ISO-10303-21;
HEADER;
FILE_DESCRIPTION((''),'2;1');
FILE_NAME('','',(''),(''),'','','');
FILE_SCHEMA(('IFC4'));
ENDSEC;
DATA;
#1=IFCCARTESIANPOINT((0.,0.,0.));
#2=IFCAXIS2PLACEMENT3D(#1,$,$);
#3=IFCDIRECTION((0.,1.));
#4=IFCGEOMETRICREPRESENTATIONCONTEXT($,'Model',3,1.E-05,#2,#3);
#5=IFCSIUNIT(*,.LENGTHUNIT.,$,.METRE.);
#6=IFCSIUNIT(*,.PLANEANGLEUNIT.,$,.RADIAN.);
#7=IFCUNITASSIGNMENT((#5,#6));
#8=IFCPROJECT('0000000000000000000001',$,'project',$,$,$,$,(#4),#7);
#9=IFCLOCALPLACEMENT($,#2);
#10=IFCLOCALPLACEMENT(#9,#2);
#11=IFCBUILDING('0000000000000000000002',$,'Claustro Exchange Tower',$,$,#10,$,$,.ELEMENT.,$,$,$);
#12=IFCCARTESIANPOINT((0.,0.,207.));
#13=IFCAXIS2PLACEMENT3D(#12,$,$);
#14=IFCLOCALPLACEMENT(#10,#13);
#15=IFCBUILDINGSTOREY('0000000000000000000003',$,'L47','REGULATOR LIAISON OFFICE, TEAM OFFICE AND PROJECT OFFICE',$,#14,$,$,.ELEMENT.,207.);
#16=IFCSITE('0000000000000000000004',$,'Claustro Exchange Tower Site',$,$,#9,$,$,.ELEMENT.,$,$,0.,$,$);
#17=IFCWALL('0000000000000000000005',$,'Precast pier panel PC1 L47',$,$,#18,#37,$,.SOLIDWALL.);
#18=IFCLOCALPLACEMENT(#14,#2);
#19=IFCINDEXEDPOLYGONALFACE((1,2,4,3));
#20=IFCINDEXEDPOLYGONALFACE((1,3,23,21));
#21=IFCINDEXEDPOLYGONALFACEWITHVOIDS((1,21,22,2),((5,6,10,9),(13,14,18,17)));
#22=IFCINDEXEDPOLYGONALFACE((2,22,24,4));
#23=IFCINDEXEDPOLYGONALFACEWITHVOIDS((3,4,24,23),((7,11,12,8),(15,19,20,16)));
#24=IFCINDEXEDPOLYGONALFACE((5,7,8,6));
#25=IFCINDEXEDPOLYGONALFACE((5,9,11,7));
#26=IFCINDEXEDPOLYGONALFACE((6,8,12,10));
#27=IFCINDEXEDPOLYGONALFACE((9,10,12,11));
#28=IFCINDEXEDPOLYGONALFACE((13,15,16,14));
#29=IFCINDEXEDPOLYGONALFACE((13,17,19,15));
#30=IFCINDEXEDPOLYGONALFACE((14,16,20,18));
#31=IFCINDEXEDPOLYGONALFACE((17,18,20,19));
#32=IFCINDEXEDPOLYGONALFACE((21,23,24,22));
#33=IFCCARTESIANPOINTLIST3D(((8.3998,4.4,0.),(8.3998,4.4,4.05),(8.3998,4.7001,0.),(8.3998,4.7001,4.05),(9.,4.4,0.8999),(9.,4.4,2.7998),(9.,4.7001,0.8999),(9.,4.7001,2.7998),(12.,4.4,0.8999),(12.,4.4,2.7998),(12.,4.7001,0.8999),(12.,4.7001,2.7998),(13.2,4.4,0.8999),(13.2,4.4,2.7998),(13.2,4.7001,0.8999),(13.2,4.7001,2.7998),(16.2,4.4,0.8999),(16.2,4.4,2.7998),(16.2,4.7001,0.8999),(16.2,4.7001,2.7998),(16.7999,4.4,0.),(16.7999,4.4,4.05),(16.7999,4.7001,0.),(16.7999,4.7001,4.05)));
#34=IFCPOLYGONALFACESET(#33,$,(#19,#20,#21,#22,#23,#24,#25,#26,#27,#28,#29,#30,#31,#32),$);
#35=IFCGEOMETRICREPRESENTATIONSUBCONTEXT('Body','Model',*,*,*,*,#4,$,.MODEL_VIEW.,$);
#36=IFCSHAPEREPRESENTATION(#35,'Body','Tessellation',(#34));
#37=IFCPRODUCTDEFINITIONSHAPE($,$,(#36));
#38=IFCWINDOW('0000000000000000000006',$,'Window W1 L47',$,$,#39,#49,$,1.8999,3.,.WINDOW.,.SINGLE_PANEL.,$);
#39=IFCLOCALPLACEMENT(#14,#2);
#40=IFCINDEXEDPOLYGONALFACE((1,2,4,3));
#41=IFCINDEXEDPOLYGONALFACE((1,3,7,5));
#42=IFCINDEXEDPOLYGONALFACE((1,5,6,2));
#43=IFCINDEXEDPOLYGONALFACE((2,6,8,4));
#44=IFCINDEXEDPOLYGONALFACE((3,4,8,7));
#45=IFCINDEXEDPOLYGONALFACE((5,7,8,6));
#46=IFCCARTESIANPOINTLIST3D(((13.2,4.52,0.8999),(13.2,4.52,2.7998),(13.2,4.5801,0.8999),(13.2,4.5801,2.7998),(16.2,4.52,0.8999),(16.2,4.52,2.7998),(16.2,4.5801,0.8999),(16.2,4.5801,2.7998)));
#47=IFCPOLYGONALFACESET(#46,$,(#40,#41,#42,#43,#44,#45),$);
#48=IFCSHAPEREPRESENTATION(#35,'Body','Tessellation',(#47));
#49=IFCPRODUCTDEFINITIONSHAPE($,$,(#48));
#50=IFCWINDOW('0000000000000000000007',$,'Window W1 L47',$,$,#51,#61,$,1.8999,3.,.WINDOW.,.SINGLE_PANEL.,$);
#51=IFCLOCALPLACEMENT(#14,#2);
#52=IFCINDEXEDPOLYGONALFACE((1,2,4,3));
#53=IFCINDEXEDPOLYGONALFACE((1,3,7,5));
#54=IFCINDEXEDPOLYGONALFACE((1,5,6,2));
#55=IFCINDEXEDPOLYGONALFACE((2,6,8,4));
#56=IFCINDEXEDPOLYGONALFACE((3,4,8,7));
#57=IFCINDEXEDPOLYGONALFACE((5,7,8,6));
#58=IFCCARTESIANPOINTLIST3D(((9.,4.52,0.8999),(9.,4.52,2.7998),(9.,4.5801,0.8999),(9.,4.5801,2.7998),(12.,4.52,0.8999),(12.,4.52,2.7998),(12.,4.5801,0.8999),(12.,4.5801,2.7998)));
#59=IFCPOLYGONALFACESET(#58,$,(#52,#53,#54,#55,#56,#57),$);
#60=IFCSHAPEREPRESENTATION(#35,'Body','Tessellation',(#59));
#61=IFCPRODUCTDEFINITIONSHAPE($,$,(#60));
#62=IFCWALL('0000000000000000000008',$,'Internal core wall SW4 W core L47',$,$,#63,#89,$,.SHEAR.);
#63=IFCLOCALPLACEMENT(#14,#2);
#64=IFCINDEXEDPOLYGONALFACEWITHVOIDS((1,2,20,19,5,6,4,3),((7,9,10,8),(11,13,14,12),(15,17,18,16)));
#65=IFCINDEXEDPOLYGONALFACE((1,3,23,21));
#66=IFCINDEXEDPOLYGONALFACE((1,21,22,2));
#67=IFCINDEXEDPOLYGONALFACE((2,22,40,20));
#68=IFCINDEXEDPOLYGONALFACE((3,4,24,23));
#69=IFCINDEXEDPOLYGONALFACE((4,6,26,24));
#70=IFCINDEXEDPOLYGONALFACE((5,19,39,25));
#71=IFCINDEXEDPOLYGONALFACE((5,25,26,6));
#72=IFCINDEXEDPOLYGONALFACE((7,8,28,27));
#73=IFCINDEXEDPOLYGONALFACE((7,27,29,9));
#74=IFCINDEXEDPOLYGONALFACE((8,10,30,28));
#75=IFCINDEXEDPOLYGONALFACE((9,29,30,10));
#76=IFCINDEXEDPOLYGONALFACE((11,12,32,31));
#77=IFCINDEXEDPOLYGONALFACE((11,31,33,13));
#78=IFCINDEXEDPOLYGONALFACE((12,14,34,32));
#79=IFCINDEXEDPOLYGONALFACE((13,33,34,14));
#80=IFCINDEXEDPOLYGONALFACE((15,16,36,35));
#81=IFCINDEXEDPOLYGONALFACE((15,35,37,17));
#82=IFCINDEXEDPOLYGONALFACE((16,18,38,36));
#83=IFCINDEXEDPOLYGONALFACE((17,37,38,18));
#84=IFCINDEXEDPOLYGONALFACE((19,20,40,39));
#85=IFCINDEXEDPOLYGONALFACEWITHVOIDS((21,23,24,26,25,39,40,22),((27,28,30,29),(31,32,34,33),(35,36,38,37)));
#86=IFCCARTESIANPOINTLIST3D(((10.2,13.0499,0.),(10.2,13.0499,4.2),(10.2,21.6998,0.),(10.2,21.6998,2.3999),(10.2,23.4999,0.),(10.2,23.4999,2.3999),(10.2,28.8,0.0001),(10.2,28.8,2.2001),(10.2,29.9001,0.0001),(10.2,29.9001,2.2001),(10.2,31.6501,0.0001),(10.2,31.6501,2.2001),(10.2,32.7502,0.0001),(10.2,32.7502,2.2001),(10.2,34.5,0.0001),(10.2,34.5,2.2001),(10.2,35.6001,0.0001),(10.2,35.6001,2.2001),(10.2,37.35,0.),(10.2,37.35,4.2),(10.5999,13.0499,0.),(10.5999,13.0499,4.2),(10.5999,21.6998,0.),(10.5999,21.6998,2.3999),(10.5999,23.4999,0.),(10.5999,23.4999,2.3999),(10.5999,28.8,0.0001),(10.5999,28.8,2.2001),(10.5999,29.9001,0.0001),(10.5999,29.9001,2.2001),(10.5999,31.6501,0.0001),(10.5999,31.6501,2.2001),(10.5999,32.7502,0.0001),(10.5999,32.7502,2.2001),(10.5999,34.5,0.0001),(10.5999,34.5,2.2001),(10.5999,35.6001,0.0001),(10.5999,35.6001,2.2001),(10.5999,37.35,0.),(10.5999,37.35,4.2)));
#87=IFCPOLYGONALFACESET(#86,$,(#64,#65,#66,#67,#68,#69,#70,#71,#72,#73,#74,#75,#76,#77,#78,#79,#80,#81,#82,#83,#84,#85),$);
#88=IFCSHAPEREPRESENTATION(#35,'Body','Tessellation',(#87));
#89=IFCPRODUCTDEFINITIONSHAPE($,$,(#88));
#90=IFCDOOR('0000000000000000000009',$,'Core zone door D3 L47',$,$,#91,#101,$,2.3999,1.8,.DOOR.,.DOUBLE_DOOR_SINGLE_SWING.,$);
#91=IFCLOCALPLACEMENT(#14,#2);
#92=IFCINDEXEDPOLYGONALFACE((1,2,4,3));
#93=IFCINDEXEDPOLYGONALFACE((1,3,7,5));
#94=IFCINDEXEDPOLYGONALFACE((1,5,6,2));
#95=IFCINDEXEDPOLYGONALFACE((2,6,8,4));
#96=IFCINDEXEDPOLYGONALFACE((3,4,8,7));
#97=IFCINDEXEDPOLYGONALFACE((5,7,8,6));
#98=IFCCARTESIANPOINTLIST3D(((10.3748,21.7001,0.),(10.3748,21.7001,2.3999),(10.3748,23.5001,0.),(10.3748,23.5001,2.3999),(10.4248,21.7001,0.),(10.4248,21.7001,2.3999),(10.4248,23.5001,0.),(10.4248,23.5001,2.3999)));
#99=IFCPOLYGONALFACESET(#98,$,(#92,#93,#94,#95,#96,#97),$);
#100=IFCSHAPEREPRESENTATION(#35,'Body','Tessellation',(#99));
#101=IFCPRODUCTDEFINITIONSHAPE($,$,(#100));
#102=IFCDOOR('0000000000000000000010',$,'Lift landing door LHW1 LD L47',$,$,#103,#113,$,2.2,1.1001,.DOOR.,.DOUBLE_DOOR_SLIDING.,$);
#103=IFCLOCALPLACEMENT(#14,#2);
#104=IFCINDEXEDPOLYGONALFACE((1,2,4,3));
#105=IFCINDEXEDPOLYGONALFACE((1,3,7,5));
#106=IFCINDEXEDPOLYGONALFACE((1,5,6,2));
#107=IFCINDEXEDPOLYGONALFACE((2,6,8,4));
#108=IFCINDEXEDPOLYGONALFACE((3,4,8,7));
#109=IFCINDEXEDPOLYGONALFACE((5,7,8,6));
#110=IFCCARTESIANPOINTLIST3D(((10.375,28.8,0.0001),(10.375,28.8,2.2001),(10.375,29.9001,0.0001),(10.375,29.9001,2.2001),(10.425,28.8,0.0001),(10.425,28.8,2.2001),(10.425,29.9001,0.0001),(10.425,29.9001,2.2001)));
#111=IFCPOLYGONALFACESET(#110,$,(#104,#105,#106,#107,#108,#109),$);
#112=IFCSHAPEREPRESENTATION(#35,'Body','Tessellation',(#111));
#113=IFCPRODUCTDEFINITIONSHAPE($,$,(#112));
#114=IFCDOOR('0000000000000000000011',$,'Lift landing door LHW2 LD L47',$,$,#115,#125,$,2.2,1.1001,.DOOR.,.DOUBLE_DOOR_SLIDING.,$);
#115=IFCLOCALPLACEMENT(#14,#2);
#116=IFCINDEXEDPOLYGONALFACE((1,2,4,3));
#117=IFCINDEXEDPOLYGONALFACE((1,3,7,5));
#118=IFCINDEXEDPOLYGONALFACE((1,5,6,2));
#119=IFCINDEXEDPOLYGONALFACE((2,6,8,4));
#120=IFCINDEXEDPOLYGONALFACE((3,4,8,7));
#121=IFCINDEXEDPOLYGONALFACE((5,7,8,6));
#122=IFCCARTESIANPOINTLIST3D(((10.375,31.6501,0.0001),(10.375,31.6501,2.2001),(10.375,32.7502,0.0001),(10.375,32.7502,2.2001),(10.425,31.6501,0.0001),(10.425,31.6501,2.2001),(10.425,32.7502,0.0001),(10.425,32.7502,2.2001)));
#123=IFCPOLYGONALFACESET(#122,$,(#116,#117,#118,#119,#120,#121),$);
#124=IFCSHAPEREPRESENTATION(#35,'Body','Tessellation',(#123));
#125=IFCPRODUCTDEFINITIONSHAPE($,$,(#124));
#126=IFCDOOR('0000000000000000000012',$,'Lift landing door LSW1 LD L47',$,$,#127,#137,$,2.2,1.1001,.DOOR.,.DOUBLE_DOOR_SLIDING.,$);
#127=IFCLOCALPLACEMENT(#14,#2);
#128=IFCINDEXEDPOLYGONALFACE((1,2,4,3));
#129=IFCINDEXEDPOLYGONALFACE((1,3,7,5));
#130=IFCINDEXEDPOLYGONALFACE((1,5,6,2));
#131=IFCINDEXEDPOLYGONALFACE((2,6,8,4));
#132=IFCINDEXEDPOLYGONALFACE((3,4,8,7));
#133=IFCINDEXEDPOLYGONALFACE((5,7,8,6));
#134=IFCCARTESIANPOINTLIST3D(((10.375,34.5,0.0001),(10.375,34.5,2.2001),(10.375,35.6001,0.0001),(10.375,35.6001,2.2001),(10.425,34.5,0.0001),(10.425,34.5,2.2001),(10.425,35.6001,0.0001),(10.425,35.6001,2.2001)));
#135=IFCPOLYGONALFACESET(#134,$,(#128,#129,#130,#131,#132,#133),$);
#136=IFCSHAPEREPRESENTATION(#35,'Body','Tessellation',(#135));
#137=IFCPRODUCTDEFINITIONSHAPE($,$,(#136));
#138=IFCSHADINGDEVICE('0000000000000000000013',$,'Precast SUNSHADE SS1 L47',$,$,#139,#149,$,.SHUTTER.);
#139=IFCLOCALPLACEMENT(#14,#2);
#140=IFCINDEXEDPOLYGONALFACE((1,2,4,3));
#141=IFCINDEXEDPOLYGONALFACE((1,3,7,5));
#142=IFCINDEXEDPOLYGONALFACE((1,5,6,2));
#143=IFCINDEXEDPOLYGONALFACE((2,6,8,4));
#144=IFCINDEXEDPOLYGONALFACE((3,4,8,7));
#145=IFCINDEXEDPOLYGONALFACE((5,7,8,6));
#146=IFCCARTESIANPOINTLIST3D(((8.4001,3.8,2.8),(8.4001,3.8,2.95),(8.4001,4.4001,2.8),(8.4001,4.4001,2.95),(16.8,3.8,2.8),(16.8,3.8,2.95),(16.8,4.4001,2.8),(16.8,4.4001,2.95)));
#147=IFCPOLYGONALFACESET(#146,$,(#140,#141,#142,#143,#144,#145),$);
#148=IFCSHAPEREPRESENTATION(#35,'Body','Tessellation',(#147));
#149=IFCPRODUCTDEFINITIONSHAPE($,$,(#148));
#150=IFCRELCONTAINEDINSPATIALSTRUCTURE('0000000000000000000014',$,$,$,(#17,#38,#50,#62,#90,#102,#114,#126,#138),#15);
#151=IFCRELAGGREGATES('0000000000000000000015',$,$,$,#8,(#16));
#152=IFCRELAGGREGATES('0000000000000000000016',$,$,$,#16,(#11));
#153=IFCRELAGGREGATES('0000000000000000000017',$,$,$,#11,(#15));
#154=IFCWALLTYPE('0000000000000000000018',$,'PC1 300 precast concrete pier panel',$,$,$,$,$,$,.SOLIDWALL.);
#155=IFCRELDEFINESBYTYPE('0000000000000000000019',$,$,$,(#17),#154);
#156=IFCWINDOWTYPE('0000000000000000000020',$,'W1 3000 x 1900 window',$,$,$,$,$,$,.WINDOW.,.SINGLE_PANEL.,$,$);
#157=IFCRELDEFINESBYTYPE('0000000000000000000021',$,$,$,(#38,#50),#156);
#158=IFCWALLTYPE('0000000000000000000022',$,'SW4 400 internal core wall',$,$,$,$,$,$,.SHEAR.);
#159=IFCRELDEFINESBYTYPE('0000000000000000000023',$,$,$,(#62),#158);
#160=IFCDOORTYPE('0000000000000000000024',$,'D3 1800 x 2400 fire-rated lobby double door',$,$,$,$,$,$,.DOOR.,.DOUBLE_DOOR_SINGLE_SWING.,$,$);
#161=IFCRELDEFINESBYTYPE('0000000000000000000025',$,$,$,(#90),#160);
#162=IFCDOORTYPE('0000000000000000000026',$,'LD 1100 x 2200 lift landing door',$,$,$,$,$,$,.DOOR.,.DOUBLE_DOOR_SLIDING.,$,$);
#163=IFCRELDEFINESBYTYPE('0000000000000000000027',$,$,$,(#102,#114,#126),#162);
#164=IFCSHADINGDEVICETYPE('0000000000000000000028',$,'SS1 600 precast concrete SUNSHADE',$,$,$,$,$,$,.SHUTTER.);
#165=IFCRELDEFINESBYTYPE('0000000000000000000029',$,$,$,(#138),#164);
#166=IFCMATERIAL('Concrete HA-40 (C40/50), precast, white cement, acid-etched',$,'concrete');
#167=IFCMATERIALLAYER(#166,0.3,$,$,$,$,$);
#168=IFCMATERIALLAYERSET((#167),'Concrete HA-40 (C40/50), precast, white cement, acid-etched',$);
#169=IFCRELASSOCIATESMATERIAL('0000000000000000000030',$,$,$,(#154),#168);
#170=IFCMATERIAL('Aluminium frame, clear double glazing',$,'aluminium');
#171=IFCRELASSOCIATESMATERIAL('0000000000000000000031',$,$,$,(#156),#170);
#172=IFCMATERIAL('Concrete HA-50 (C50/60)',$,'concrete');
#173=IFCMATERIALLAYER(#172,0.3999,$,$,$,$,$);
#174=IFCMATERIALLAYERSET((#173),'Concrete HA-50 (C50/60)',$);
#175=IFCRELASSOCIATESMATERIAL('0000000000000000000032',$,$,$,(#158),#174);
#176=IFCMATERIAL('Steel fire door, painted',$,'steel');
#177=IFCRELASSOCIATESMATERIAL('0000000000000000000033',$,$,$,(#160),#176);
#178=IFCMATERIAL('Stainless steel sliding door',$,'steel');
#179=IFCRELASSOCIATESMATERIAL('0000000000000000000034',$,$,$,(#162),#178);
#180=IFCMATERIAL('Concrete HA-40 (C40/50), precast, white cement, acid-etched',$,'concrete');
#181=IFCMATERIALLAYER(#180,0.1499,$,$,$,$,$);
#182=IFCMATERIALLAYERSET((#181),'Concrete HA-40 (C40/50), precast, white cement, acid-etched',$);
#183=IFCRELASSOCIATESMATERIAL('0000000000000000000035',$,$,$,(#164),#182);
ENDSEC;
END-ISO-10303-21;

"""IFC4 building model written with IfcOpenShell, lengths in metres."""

from ifc_helpers import new_model, si_unit, direction, frame, frame_2d, origin, origin_2d, place, context, subcontext, project, spatial, rectangle, extrude, material, layer, layer_set, type_object, element, fill, save


model = new_model("IFC4")

# Units and contexts
model_context = context("Model", 3, precision=1e-05, world=origin(), true_north=direction((0.0, 1.0)))
body_context = subcontext(model_context, "Body", "Model", "MODEL_VIEW")
ifc_project = project(units=[si_unit("LENGTHUNIT", "METRE"), si_unit("PLANEANGLEUNIT", "RADIAN")], contexts=[model_context])

# Site, building, storey
site_placement = place(None, origin())
site = spatial("IfcSite", under=ifc_project, at=site_placement, Name="Claustro Exchange Tower Site", CompositionType="ELEMENT", RefElevation=0.0)
building_placement = place(site_placement, origin())
building = spatial("IfcBuilding", under=site, at=building_placement, Name="Claustro Exchange Tower", CompositionType="ELEMENT")
storey_placement = place(building_placement, frame((0.0, 0.0, 207.0)))
storey = spatial("IfcBuildingStorey", under=building, at=storey_placement, Name="L47", Description="REGULATOR LIAISON OFFICE, TEAM OFFICE AND PROJECT OFFICE", CompositionType="ELEMENT", Elevation=207.0)

# Wall, openings, windows
ifc_material_1 = material(Name="Concrete HA-40 (C40/50), precast, white cement, acid-etched", Category="concrete")
ifc_layer_1 = layer(ifc_material_1, 0.3)
ifc_layer_set_1 = layer_set([ifc_layer_1], Name="Concrete HA-40 (C40/50), precast, white cement, acid-etched")
wall_type_1 = type_object("IfcWallType", Name="PC1 300 precast concrete pier panel", PredefinedType="SOLIDWALL", material=ifc_layer_set_1)
wall_1_placement = place(storey_placement, frame((16.8, 4.55, 0.0), z_axis=(0.0, 0.0, 1.0), x_axis=(-1.0, 0.0, 0.0)))
wall_1 = element("IfcWall", 1, at=wall_1_placement, inside=storey, type_object=wall_type_1, Name="Precast pier panel PC1 L47", PredefinedType="SOLIDWALL", context=body_context, shape_type="SweptSolid", body=[
    extrude(rectangle(XDim=8.4001, YDim=0.3, at=frame_2d((4.2002, 0.0))), origin(), (0.0, 0.0, 1.0), 4.05),
])
opening_1_placement = place(wall_1_placement, frame((0.6001, 0.0, 0.8999)))
opening_1 = element("IfcOpeningElement", 2, at=opening_1_placement, cuts=wall_1, PredefinedType="OPENING", context=body_context, shape_type="SweptSolid", body=[
    extrude(rectangle(XDim=3.0, YDim=1.8999, at=frame_2d((1.5, 0.95))), frame((0.0, 0.1599, 0.0), z_axis=(0.0, -1.0, 0.0), x_axis=(1.0, 0.0, 0.0)), (0.0, 0.0, 1.0), 0.3201),
])
opening_2_placement = place(wall_1_placement, frame((4.8, 0.0, 0.8999)))
opening_2 = element("IfcOpeningElement", 3, at=opening_2_placement, cuts=wall_1, PredefinedType="OPENING", context=body_context, shape_type="SweptSolid", body=[
    extrude(rectangle(XDim=3.0, YDim=1.8999, at=frame_2d((1.5, 0.95))), frame((0.0, 0.1599, 0.0), z_axis=(0.0, -1.0, 0.0), x_axis=(1.0, 0.0, 0.0)), (0.0, 0.0, 1.0), 0.3201),
])
ifc_material_2 = material(Name="Aluminium frame, clear double glazing", Category="aluminium")
window_type = type_object("IfcWindowType", Name="W1 3000 x 1900 window", PartitioningType="SINGLE_PANEL", PredefinedType="WINDOW", material=ifc_material_2)
window_1_placement = place(opening_1_placement, origin())
window_1 = element("IfcWindow", 4, at=window_1_placement, inside=storey, type_object=window_type, Name="Window W1 L47", OverallHeight=1.8999, OverallWidth=3.0, PartitioningType="SINGLE_PANEL", PredefinedType="WINDOW", context=body_context, shape_type="SweptSolid", body=[
    extrude(rectangle(XDim=3.0, YDim=1.8999, at=frame_2d((1.5, 0.95))), frame((0.0, 0.03, 0.0), z_axis=(0.0, -1.0, 0.0), x_axis=(1.0, 0.0, 0.0)), (0.0, 0.0, 1.0), 0.0601),
])
fill(opening_1, window_1)
window_2_placement = place(opening_2_placement, origin())
window_2 = element("IfcWindow", 5, at=window_2_placement, inside=storey, type_object=window_type, Name="Window W1 L47", OverallHeight=1.8999, OverallWidth=3.0, PartitioningType="SINGLE_PANEL", PredefinedType="WINDOW", context=body_context, shape_type="SweptSolid", body=[
    extrude(rectangle(XDim=3.0, YDim=1.8999, at=frame_2d((1.5, 0.95))), frame((0.0, 0.03, 0.0), z_axis=(0.0, -1.0, 0.0), x_axis=(1.0, 0.0, 0.0)), (0.0, 0.0, 1.0), 0.0601),
])
fill(opening_2, window_2)

# Wall, openings, doors
ifc_material_3 = material(Name="Concrete HA-50 (C50/60)", Category="concrete")
ifc_layer_2 = layer(ifc_material_3, 0.3999)
ifc_layer_set_2 = layer_set([ifc_layer_2], Name="Concrete HA-50 (C50/60)")
wall_type_2 = type_object("IfcWallType", Name="SW4 400 internal core wall", PredefinedType="SHEAR", material=ifc_layer_set_2)
wall_2_placement = place(storey_placement, frame((10.3999, 13.05, 0.0), z_axis=(0.0, 0.0, 1.0), x_axis=(0.0, 1.0, 0.0)))
wall_2 = element("IfcWall", 6, at=wall_2_placement, inside=storey, type_object=wall_type_2, Name="Internal core wall SW4 W core L47", PredefinedType="SHEAR", context=body_context, shape_type="SweptSolid", body=[
    extrude(rectangle(XDim=24.3, YDim=0.3999, at=frame_2d((12.1499, 0.0))), origin(), (0.0, 0.0, 1.0), 4.2),
])
opening_3_placement = place(wall_2_placement, frame((15.75, 0.0, 0.0)))
opening_3 = element("IfcOpeningElement", 7, at=opening_3_placement, cuts=wall_2, PredefinedType="OPENING", context=body_context, shape_type="SweptSolid", body=[
    extrude(rectangle(XDim=1.1001, YDim=2.2, at=frame_2d((0.55, 1.1001))), frame((0.0, 0.21, 0.0), z_axis=(0.0, -1.0, 0.0), x_axis=(1.0, 0.0, 0.0)), (0.0, 0.0, 1.0), 0.4199),
])
opening_4_placement = place(wall_2_placement, frame((18.6001, 0.0, 0.0)))
opening_4 = element("IfcOpeningElement", 8, at=opening_4_placement, cuts=wall_2, PredefinedType="OPENING", context=body_context, shape_type="SweptSolid", body=[
    extrude(rectangle(XDim=1.1001, YDim=2.2, at=frame_2d((0.55, 1.1001))), frame((0.0, 0.21, 0.0), z_axis=(0.0, -1.0, 0.0), x_axis=(1.0, 0.0, 0.0)), (0.0, 0.0, 1.0), 0.4199),
])
opening_5_placement = place(wall_2_placement, frame((21.45, 0.0, 0.0)))
opening_5 = element("IfcOpeningElement", 9, at=opening_5_placement, cuts=wall_2, PredefinedType="OPENING", context=body_context, shape_type="SweptSolid", body=[
    extrude(rectangle(XDim=1.1001, YDim=2.2, at=frame_2d((0.55, 1.1001))), frame((0.0, 0.21, 0.0), z_axis=(0.0, -1.0, 0.0), x_axis=(1.0, 0.0, 0.0)), (0.0, 0.0, 1.0), 0.4199),
])
opening_6_placement = place(wall_2_placement, frame((8.6499, 0.0, 0.0)))
opening_6 = element("IfcOpeningElement", 10, at=opening_6_placement, cuts=wall_2, PredefinedType="OPENING", context=body_context, shape_type="SweptSolid", body=[
    extrude(rectangle(XDim=1.8, YDim=2.3999, at=frame_2d((0.8999, 1.2))), frame((0.0, 0.21, 0.0), z_axis=(0.0, -1.0, 0.0), x_axis=(1.0, 0.0, 0.0)), (0.0, 0.0, 1.0), 0.4199),
])
ifc_material_4 = material(Name="Steel fire door, painted", Category="steel")
door_type_1 = type_object("IfcDoorType", Name="D3 1800 x 2400 fire-rated lobby double door", OperationType="DOUBLE_DOOR_SINGLE_SWING", PredefinedType="DOOR", material=ifc_material_4)
door_1_placement = place(opening_6_placement, frame((1.8, 0.0, 0.0), z_axis=(0.0, 0.0, 1.0), x_axis=(-1.0, 0.0, 0.0)))
door_1 = element("IfcDoor", 11, at=door_1_placement, inside=storey, type_object=door_type_1, Name="Core zone door D3 L47", OperationType="DOUBLE_DOOR_SINGLE_SWING", OverallHeight=2.3999, OverallWidth=1.8, PredefinedType="DOOR", context=body_context, shape_type="SweptSolid", body=[
    extrude(rectangle(XDim=1.8, YDim=2.3999, at=frame_2d((0.8999, 1.2))), frame((0.0, 0.0249, 0.0), z_axis=(0.0, -1.0, 0.0), x_axis=(1.0, 0.0, 0.0)), (0.0, 0.0, 1.0), 0.05),
])
fill(opening_6, door_1)
ifc_material_5 = material(Name="Stainless steel sliding door", Category="steel")
door_type_2 = type_object("IfcDoorType", Name="LD 1100 x 2200 lift landing door", OperationType="DOUBLE_DOOR_SLIDING", PredefinedType="DOOR", material=ifc_material_5)
door_2_placement = place(opening_3_placement, origin())
door_2 = element("IfcDoor", 12, at=door_2_placement, inside=storey, type_object=door_type_2, Name="Lift landing door LHW1 LD L47", OperationType="DOUBLE_DOOR_SLIDING", OverallHeight=2.2, OverallWidth=1.1001, PredefinedType="DOOR", context=body_context, shape_type="SweptSolid", body=[
    extrude(rectangle(XDim=1.1001, YDim=2.2, at=frame_2d((0.55, 1.1001))), frame((0.0, 0.0249, 0.0), z_axis=(0.0, -1.0, 0.0), x_axis=(1.0, 0.0, 0.0)), (0.0, 0.0, 1.0), 0.05),
])
fill(opening_3, door_2)
door_3_placement = place(opening_4_placement, origin())
door_3 = element("IfcDoor", 13, at=door_3_placement, inside=storey, type_object=door_type_2, Name="Lift landing door LHW2 LD L47", OperationType="DOUBLE_DOOR_SLIDING", OverallHeight=2.2, OverallWidth=1.1001, PredefinedType="DOOR", context=body_context, shape_type="SweptSolid", body=[
    extrude(rectangle(XDim=1.1001, YDim=2.2, at=frame_2d((0.55, 1.1001))), frame((0.0, 0.0249, 0.0), z_axis=(0.0, -1.0, 0.0), x_axis=(1.0, 0.0, 0.0)), (0.0, 0.0, 1.0), 0.05),
])
fill(opening_4, door_3)
door_4_placement = place(opening_5_placement, origin())
door_4 = element("IfcDoor", 14, at=door_4_placement, inside=storey, type_object=door_type_2, Name="Lift landing door LSW1 LD L47", OperationType="DOUBLE_DOOR_SLIDING", OverallHeight=2.2, OverallWidth=1.1001, PredefinedType="DOOR", context=body_context, shape_type="SweptSolid", body=[
    extrude(rectangle(XDim=1.1001, YDim=2.2, at=frame_2d((0.55, 1.1001))), frame((0.0, 0.0249, 0.0), z_axis=(0.0, -1.0, 0.0), x_axis=(1.0, 0.0, 0.0)), (0.0, 0.0, 1.0), 0.05),
])
fill(opening_5, door_4)

# Shading device
ifc_material_6 = material(Name="Concrete HA-40 (C40/50), precast, white cement, acid-etched", Category="concrete")
ifc_layer_3 = layer(ifc_material_6, 0.1499)
ifc_layer_set_3 = layer_set([ifc_layer_3], Name="Concrete HA-40 (C40/50), precast, white cement, acid-etched")
shading_device_type = type_object("IfcShadingDeviceType", Name="SS1 600 precast concrete SUNSHADE", PredefinedType="SHUTTER", material=ifc_layer_set_3)
shading_device_placement = place(storey_placement, frame((12.6001, 4.1001, 2.8), z_axis=(0.0, 0.0, 1.0), x_axis=(-1.0, 0.0, 0.0)))
element("IfcShadingDevice", 15, at=shading_device_placement, inside=storey, type_object=shading_device_type, Name="Precast SUNSHADE SS1 L47", PredefinedType="SHUTTER", context=body_context, shape_type="SweptSolid", body=[
    extrude(rectangle(XDim=8.3999, YDim=0.6001, at=origin_2d()), origin(), (0.0, 0.0, 1.0), 0.1499),
])

save(model, "model.ifc")
